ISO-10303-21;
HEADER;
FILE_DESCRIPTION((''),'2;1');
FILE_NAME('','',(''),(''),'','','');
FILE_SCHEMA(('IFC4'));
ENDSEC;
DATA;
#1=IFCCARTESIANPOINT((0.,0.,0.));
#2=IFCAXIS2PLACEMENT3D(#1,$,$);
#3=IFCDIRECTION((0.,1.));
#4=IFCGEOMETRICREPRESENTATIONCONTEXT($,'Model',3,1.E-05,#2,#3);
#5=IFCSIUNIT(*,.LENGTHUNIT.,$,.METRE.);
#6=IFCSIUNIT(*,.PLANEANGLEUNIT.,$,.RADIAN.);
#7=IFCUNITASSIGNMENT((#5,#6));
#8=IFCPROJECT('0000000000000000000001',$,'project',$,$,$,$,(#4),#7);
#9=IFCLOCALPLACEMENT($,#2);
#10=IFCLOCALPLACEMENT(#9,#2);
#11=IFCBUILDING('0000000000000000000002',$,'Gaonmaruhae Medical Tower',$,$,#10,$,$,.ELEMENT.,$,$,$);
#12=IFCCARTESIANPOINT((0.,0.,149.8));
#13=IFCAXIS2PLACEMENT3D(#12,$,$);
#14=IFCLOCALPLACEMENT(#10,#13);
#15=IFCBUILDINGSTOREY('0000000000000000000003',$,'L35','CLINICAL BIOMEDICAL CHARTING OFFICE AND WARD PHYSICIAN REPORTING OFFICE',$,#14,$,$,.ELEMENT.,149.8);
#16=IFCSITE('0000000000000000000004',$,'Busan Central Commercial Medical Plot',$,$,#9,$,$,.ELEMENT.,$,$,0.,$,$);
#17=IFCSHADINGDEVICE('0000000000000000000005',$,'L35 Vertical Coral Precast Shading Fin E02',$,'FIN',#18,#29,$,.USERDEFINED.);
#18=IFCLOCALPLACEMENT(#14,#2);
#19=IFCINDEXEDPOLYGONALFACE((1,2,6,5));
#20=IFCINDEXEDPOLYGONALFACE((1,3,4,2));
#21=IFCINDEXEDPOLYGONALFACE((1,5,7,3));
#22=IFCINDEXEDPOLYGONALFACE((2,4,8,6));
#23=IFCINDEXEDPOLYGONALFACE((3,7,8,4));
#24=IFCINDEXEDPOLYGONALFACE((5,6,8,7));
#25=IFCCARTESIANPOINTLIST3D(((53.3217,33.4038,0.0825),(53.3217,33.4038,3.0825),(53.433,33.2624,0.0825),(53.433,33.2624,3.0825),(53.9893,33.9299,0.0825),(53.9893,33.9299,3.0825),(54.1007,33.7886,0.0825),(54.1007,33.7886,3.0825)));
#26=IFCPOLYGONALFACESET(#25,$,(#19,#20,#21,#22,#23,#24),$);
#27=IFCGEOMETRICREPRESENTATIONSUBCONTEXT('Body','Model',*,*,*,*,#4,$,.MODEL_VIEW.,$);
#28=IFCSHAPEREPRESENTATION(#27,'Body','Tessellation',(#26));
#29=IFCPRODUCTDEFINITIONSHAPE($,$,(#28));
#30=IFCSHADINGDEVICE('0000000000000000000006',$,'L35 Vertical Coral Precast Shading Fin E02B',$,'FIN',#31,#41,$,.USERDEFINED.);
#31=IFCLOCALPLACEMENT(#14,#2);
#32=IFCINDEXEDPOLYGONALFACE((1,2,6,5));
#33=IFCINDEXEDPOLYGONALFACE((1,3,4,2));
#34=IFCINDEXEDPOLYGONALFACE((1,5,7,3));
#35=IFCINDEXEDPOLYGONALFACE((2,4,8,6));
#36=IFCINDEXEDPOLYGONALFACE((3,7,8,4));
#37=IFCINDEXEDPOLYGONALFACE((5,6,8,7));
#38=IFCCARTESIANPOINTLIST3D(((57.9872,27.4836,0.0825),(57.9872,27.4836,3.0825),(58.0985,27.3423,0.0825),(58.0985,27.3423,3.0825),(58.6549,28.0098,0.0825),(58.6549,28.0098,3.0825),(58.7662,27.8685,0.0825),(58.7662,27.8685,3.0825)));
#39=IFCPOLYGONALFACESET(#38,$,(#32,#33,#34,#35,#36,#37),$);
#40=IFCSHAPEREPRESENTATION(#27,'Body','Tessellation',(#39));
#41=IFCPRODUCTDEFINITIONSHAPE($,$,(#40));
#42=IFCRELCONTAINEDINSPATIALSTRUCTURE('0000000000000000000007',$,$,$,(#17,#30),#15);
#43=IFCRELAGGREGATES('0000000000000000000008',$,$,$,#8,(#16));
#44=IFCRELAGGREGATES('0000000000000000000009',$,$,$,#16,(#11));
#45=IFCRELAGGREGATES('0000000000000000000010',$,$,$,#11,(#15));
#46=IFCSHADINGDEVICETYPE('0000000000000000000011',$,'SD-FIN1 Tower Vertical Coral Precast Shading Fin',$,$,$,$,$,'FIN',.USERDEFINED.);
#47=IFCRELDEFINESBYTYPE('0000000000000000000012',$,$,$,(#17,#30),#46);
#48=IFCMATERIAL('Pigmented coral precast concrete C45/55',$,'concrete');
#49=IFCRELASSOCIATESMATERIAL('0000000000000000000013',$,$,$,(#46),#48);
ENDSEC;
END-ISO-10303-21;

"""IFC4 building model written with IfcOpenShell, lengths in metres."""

from ifc_helpers import new_model, si_unit, direction, frame, origin, origin_2d, place, context, subcontext, project, spatial, rectangle, extrude, material, type_object, element, save


model = new_model("IFC4")

# Units and contexts
model_context = context("Model", 3, precision=1e-05, world=origin(), true_north=direction((0.0, 1.0)))
body_context = subcontext(model_context, "Body", "Model", "MODEL_VIEW")
ifc_project = project(units=[si_unit("LENGTHUNIT", "METRE"), si_unit("PLANEANGLEUNIT", "RADIAN")], contexts=[model_context])

# Site, building, storey
site_placement = place(None, origin())
site = spatial("IfcSite", under=ifc_project, at=site_placement, Name="Busan Central Commercial Medical Plot", CompositionType="ELEMENT", RefElevation=0.0)
building_placement = place(site_placement, origin())
building = spatial("IfcBuilding", under=site, at=building_placement, Name="Gaonmaruhae Medical Tower", CompositionType="ELEMENT")
storey_placement = place(building_placement, frame((0.0, 0.0, 149.8)))
storey = spatial("IfcBuildingStorey", under=building, at=storey_placement, Name="L35", Description="CLINICAL BIOMEDICAL CHARTING OFFICE AND WARD PHYSICIAN REPORTING OFFICE", CompositionType="ELEMENT", Elevation=149.8)

# Shading devices
ifc_material_1 = material(Name="Pigmented coral precast concrete C45/55", Category="concrete")
shading_device_type = type_object("IfcShadingDeviceType", Name="SD-FIN1 Tower Vertical Coral Precast Shading Fin", ElementType="FIN", PredefinedType="USERDEFINED", material=ifc_material_1)
for number, where, z_axis, x_axis, name in (
    (1, (53.7112, 33.5962, 0.0825), (0.0, 0.0, 1.0), (0.618957, -0.785425, 0.0), "L35 Vertical Coral Precast Shading Fin E02"),
    (2, (58.3767, 27.676, 0.0825), (0.0, 0.0, 1.0), (0.618957, -0.785425, 0.0), "L35 Vertical Coral Precast Shading Fin E02B"),
):
    element("IfcShadingDevice", number, at=place(storey_placement, frame(where, z_axis=z_axis, x_axis=x_axis)), inside=storey, type_object=shading_device_type, Name=name, ObjectType="FIN", PredefinedType="USERDEFINED", context=body_context, shape_type="SweptSolid", body=[
        extrude(rectangle(XDim=0.1799, YDim=0.8501, at=origin_2d()), origin(), (0.0, 0.0, 1.0), 3.0),
    ])

save(model, "model.ifc")
